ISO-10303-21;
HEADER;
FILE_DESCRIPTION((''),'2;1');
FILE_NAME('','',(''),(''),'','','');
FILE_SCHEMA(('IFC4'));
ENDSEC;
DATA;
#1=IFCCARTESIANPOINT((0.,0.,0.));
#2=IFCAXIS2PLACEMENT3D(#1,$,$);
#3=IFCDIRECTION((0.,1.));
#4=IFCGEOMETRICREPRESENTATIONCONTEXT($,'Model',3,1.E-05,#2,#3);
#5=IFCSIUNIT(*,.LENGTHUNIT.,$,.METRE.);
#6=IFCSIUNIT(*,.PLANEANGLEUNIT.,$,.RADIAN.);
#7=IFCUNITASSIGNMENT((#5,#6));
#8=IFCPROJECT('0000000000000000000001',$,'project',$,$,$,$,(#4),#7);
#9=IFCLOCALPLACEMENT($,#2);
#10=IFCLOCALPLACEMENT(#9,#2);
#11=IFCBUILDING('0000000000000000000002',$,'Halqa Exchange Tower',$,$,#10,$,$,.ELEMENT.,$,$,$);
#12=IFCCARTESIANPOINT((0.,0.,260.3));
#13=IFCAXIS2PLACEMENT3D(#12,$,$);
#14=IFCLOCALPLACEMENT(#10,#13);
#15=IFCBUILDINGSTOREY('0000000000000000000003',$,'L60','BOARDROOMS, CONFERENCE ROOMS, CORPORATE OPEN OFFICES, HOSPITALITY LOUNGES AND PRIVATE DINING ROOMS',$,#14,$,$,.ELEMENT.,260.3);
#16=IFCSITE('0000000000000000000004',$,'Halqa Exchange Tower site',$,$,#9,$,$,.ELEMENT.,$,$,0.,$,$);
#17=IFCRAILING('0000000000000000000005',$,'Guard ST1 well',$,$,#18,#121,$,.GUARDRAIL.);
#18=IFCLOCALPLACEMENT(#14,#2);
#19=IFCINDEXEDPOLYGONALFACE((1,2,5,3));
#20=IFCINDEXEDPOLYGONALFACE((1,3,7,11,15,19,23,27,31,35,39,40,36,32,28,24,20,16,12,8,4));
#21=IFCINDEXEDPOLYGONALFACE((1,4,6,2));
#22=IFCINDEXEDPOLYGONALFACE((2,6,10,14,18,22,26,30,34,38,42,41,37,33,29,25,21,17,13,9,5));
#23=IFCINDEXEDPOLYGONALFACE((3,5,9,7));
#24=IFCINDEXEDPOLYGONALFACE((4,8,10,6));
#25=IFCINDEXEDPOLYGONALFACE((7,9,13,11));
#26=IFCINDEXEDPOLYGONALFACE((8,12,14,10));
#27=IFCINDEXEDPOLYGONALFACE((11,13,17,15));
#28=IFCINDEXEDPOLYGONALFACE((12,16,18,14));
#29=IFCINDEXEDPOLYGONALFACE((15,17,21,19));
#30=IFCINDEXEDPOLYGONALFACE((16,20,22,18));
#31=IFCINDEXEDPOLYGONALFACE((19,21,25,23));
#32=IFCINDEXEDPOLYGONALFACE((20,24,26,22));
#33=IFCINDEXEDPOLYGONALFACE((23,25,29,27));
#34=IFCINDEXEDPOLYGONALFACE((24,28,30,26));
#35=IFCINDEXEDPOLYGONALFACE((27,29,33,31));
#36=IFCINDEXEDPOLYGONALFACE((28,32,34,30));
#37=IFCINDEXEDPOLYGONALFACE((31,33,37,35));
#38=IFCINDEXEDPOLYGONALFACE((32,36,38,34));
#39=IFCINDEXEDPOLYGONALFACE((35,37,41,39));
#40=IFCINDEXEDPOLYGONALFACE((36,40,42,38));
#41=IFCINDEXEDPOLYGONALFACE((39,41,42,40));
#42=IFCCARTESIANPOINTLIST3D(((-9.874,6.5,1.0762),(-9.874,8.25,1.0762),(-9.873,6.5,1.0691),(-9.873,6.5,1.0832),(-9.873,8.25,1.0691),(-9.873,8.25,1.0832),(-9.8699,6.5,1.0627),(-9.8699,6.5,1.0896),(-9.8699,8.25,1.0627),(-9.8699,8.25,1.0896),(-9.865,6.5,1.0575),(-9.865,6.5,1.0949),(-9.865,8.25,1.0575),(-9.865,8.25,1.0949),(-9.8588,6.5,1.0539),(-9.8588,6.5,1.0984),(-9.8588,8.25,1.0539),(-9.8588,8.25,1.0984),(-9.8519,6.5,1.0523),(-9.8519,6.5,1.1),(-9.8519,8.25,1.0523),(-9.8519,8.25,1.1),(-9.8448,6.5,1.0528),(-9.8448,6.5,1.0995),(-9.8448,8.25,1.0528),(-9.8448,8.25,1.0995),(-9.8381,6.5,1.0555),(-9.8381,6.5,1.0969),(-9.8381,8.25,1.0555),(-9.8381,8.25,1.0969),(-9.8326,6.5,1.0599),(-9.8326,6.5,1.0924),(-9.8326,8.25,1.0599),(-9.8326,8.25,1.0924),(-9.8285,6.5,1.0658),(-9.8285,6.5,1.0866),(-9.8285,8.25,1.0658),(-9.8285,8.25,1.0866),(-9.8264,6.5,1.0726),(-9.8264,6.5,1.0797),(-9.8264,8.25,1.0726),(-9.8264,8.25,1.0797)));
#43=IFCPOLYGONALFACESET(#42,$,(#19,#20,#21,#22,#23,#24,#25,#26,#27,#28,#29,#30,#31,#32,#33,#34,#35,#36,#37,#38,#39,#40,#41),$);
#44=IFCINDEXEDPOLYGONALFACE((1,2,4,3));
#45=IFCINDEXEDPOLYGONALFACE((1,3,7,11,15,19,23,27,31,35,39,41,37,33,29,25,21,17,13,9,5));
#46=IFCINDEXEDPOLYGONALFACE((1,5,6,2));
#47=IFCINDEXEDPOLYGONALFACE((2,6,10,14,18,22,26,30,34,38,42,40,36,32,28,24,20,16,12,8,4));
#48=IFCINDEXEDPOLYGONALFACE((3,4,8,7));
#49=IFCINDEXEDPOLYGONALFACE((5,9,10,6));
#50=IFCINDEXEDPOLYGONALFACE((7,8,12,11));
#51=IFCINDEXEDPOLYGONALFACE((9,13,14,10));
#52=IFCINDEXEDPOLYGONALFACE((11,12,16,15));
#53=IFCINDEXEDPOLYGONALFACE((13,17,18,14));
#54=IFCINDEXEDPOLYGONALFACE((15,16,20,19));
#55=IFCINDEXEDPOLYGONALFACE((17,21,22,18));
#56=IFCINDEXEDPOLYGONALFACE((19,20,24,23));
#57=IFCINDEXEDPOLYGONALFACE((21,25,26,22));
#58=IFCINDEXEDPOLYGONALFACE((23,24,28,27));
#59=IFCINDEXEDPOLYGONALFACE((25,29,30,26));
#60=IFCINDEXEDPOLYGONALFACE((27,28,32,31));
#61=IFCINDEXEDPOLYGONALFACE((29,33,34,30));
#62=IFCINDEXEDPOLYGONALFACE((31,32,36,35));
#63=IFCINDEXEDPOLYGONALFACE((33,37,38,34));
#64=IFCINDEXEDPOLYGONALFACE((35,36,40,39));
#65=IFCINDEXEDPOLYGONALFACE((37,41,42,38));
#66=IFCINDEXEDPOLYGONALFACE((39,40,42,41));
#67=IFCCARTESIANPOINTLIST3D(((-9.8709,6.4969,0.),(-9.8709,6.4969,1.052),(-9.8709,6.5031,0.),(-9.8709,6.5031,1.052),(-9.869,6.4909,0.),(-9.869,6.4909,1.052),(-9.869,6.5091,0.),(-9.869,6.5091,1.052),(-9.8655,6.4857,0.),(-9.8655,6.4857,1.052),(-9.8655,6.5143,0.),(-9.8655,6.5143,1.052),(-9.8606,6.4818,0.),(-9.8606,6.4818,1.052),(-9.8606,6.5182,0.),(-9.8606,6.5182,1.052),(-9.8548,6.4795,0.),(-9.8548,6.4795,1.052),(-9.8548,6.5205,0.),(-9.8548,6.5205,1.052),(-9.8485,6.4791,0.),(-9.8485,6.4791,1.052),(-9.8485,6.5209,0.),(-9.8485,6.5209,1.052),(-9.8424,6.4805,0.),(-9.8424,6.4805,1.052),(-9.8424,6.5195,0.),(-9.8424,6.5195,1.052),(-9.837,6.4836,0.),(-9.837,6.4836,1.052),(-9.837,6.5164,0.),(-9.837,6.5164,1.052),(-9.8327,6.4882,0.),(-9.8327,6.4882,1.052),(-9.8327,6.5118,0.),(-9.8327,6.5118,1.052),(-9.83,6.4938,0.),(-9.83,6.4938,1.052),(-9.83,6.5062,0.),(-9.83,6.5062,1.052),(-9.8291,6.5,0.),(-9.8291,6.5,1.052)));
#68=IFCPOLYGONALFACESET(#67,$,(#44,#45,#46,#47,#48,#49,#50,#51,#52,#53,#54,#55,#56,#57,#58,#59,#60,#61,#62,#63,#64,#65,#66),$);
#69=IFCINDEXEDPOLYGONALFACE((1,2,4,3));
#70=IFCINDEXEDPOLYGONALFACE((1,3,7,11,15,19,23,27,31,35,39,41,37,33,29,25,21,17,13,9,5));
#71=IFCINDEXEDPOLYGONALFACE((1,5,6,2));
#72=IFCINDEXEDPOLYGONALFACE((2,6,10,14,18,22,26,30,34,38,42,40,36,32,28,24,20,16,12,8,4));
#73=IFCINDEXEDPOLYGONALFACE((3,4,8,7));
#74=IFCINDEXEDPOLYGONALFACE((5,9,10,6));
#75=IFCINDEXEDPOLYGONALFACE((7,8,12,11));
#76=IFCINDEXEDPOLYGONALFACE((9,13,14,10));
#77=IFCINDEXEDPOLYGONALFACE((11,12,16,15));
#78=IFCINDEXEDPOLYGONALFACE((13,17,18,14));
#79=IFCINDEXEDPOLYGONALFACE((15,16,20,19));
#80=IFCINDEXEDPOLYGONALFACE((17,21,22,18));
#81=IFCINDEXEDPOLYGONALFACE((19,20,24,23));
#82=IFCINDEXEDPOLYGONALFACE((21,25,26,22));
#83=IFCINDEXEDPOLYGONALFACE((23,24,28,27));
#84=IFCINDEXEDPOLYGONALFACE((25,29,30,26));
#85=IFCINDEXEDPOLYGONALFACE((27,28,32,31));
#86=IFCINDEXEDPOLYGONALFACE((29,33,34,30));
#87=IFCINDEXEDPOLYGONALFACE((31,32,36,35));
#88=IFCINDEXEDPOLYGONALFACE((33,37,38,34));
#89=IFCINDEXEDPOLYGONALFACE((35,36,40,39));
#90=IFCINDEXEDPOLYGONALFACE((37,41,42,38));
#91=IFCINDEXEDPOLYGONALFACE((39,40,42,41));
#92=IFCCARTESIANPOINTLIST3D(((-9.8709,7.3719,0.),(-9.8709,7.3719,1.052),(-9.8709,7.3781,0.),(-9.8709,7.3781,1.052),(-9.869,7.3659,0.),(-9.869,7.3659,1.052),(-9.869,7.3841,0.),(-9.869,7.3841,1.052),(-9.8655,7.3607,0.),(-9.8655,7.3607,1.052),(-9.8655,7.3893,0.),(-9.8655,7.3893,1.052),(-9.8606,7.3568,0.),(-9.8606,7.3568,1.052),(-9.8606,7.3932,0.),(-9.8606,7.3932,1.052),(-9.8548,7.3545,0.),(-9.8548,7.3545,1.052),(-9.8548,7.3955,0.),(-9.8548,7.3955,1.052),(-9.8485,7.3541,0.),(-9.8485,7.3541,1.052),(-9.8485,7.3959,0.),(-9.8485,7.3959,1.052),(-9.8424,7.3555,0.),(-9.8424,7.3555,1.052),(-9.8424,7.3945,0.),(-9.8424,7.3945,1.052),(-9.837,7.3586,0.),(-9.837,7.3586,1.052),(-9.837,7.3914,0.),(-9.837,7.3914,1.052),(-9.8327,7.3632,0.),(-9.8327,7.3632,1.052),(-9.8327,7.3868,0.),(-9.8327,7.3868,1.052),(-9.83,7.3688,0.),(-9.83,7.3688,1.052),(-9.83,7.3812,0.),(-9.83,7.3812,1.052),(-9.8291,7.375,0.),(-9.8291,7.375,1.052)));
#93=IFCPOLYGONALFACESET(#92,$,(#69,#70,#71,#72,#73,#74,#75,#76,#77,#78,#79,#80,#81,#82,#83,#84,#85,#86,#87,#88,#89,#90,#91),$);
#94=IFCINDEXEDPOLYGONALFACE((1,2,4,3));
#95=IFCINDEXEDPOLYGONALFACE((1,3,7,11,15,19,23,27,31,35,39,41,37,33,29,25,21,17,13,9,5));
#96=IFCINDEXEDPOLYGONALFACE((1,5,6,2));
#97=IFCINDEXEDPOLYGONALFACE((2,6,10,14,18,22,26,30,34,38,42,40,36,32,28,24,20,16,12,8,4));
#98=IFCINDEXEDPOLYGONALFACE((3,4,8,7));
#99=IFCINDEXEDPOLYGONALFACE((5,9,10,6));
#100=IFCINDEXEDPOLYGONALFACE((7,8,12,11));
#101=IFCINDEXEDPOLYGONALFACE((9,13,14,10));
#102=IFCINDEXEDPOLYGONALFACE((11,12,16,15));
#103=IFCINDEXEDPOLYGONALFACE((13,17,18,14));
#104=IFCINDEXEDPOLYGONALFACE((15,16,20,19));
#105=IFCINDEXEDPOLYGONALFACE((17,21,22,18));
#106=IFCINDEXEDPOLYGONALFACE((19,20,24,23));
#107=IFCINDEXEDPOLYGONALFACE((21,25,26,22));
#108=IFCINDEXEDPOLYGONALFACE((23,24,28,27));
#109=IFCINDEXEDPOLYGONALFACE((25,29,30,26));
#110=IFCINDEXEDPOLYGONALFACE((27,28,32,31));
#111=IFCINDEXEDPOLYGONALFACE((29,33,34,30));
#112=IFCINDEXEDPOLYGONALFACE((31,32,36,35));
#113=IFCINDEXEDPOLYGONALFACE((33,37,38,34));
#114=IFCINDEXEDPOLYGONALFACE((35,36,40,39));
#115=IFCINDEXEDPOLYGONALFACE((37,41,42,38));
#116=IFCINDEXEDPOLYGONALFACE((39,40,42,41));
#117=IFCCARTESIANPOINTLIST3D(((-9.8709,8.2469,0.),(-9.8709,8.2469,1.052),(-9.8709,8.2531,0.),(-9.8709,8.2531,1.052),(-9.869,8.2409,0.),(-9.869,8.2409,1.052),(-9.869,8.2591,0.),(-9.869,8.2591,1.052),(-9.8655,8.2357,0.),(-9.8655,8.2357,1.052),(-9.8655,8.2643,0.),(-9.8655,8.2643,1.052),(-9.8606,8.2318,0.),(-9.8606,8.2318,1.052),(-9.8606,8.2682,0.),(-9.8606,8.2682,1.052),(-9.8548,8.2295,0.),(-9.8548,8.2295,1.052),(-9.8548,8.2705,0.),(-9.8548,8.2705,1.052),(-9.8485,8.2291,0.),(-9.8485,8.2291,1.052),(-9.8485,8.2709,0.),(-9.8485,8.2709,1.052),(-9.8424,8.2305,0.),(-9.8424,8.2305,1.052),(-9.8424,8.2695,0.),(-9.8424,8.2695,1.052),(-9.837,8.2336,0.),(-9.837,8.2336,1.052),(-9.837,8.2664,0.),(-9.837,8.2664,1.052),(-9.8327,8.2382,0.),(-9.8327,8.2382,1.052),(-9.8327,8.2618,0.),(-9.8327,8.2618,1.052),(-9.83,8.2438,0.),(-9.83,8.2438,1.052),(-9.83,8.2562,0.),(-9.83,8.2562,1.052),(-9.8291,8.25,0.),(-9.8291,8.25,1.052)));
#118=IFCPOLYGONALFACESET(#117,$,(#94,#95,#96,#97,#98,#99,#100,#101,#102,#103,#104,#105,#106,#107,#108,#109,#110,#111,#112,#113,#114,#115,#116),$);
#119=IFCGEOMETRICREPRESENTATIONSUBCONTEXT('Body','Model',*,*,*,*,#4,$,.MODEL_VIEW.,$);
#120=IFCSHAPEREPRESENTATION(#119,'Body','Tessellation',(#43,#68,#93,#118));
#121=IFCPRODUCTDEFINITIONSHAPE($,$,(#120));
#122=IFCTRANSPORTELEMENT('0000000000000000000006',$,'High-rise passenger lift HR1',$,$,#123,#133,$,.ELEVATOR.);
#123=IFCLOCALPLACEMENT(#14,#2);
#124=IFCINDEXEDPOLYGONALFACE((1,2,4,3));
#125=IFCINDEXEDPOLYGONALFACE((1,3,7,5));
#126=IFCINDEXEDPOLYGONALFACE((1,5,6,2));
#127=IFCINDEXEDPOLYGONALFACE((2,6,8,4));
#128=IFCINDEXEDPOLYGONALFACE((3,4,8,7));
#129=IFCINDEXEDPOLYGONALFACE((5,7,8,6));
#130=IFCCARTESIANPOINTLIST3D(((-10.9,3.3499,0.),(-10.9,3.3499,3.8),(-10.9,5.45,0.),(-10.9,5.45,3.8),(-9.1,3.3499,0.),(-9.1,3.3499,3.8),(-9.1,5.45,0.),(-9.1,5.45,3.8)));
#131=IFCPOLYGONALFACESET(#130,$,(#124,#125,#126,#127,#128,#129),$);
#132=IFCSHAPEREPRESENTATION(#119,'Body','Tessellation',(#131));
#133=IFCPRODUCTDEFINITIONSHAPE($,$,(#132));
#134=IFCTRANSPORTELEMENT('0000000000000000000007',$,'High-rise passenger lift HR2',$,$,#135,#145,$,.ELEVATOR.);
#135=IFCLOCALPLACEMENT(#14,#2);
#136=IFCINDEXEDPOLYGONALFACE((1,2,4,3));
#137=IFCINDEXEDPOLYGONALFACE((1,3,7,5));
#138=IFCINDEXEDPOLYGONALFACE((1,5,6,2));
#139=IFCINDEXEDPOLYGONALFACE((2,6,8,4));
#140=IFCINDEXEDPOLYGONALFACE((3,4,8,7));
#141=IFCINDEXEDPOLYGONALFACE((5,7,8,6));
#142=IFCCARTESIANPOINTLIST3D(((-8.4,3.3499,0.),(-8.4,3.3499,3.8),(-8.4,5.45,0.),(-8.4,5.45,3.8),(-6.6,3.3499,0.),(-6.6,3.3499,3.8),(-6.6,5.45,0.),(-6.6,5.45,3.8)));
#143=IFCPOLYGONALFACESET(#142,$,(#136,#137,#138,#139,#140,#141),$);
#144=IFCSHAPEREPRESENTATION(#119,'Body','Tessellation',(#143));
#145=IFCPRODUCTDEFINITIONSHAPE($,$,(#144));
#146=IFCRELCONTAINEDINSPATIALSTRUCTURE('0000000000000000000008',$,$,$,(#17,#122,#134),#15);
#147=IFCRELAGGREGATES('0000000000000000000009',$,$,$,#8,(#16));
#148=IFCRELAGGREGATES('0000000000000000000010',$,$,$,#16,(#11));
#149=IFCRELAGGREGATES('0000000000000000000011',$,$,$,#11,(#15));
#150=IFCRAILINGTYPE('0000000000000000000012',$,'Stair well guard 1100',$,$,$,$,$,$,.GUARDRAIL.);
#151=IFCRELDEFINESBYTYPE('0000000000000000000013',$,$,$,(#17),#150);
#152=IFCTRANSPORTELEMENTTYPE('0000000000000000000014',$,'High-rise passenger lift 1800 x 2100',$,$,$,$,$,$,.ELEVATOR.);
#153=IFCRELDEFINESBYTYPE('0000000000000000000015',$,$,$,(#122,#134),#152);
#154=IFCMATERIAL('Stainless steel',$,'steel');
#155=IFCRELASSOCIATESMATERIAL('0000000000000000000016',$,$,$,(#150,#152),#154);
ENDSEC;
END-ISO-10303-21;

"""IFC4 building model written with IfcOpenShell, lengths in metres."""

from ifc_helpers import new_model, si_unit, direction, frame, origin, origin_2d, place, context, subcontext, project, spatial, rectangle, circle, extrude, material, type_object, element, save


model = new_model("IFC4")

# Units and contexts
model_context = context("Model", 3, precision=1e-05, world=origin(), true_north=direction((0.0, 1.0)))
body_context = subcontext(model_context, "Body", "Model", "MODEL_VIEW")
ifc_project = project(units=[si_unit("LENGTHUNIT", "METRE"), si_unit("PLANEANGLEUNIT", "RADIAN")], contexts=[model_context])

# Site, building, storey
site_placement = place(None, origin())
site = spatial("IfcSite", under=ifc_project, at=site_placement, Name="Halqa Exchange Tower site", CompositionType="ELEMENT", RefElevation=0.0)
building_placement = place(site_placement, origin())
building = spatial("IfcBuilding", under=site, at=building_placement, Name="Halqa Exchange Tower", CompositionType="ELEMENT")
storey_placement = place(building_placement, frame((0.0, 0.0, 260.3)))
storey = spatial("IfcBuildingStorey", under=building, at=storey_placement, Name="L60", Description="BOARDROOMS, CONFERENCE ROOMS, CORPORATE OPEN OFFICES, HOSPITALITY LOUNGES AND PRIVATE DINING ROOMS", CompositionType="ELEMENT", Elevation=260.3)

# Shared definitions
ifc_material_1 = material(Name="Stainless steel", Category="steel")

# Railing
railing_type_1 = type_object("IfcRailingType", Name="Stair well guard 1100", PredefinedType="GUARDRAIL", material=ifc_material_1)
railing_1_placement = place(storey_placement, frame((-9.8501, 6.5, 0.0)))
element("IfcRailing", 1, at=railing_1_placement, inside=storey, type_object=railing_type_1, Name="Guard ST1 well", PredefinedType="GUARDRAIL", context=body_context, shape_type="SweptSolid", body=[
    extrude(circle(Radius=0.0239, at=origin_2d()), frame((0.0, 0.0, 1.0762), z_axis=(0.0, 1.0, 0.0), x_axis=(-1.0, 0.0, 0.0)), (0.0, 0.0, 1.0), 1.75),
    extrude(circle(Radius=0.021, at=origin_2d()), origin(), (0.0, 0.0, 1.0), 1.052),
    extrude(circle(Radius=0.021, at=origin_2d()), frame((0.0, 0.875, 0.0)), (0.0, 0.0, 1.0), 1.052),
    extrude(circle(Radius=0.021, at=origin_2d()), frame((0.0, 1.75, 0.0)), (0.0, 0.0, 1.0), 1.052),
])

# Transport elements
transport_element_type = type_object("IfcTransportElementType", Name="High-rise passenger lift 1800 x 2100", PredefinedType="ELEVATOR", material=ifc_material_1)
for number, where, z_axis, x_axis, name in (
    (2, (-10.0, 4.3999, 0.0), (0.0, 0.0, 1.0), (1.0, 0.0, 0.0), "High-rise passenger lift HR1"),
    (3, (-7.5, 4.3999, 0.0), (0.0, 0.0, 1.0), (1.0, 0.0, 0.0), "High-rise passenger lift HR2"),
):
    element("IfcTransportElement", number, at=place(storey_placement, frame(where, z_axis=z_axis, x_axis=x_axis)), inside=storey, type_object=transport_element_type, Name=name, PredefinedType="ELEVATOR", context=body_context, shape_type="SweptSolid", body=[
        extrude(rectangle(XDim=1.8, YDim=2.1001, at=origin_2d()), origin(), (0.0, 0.0, 1.0), 3.8),
    ])

save(model, "model.ifc")
